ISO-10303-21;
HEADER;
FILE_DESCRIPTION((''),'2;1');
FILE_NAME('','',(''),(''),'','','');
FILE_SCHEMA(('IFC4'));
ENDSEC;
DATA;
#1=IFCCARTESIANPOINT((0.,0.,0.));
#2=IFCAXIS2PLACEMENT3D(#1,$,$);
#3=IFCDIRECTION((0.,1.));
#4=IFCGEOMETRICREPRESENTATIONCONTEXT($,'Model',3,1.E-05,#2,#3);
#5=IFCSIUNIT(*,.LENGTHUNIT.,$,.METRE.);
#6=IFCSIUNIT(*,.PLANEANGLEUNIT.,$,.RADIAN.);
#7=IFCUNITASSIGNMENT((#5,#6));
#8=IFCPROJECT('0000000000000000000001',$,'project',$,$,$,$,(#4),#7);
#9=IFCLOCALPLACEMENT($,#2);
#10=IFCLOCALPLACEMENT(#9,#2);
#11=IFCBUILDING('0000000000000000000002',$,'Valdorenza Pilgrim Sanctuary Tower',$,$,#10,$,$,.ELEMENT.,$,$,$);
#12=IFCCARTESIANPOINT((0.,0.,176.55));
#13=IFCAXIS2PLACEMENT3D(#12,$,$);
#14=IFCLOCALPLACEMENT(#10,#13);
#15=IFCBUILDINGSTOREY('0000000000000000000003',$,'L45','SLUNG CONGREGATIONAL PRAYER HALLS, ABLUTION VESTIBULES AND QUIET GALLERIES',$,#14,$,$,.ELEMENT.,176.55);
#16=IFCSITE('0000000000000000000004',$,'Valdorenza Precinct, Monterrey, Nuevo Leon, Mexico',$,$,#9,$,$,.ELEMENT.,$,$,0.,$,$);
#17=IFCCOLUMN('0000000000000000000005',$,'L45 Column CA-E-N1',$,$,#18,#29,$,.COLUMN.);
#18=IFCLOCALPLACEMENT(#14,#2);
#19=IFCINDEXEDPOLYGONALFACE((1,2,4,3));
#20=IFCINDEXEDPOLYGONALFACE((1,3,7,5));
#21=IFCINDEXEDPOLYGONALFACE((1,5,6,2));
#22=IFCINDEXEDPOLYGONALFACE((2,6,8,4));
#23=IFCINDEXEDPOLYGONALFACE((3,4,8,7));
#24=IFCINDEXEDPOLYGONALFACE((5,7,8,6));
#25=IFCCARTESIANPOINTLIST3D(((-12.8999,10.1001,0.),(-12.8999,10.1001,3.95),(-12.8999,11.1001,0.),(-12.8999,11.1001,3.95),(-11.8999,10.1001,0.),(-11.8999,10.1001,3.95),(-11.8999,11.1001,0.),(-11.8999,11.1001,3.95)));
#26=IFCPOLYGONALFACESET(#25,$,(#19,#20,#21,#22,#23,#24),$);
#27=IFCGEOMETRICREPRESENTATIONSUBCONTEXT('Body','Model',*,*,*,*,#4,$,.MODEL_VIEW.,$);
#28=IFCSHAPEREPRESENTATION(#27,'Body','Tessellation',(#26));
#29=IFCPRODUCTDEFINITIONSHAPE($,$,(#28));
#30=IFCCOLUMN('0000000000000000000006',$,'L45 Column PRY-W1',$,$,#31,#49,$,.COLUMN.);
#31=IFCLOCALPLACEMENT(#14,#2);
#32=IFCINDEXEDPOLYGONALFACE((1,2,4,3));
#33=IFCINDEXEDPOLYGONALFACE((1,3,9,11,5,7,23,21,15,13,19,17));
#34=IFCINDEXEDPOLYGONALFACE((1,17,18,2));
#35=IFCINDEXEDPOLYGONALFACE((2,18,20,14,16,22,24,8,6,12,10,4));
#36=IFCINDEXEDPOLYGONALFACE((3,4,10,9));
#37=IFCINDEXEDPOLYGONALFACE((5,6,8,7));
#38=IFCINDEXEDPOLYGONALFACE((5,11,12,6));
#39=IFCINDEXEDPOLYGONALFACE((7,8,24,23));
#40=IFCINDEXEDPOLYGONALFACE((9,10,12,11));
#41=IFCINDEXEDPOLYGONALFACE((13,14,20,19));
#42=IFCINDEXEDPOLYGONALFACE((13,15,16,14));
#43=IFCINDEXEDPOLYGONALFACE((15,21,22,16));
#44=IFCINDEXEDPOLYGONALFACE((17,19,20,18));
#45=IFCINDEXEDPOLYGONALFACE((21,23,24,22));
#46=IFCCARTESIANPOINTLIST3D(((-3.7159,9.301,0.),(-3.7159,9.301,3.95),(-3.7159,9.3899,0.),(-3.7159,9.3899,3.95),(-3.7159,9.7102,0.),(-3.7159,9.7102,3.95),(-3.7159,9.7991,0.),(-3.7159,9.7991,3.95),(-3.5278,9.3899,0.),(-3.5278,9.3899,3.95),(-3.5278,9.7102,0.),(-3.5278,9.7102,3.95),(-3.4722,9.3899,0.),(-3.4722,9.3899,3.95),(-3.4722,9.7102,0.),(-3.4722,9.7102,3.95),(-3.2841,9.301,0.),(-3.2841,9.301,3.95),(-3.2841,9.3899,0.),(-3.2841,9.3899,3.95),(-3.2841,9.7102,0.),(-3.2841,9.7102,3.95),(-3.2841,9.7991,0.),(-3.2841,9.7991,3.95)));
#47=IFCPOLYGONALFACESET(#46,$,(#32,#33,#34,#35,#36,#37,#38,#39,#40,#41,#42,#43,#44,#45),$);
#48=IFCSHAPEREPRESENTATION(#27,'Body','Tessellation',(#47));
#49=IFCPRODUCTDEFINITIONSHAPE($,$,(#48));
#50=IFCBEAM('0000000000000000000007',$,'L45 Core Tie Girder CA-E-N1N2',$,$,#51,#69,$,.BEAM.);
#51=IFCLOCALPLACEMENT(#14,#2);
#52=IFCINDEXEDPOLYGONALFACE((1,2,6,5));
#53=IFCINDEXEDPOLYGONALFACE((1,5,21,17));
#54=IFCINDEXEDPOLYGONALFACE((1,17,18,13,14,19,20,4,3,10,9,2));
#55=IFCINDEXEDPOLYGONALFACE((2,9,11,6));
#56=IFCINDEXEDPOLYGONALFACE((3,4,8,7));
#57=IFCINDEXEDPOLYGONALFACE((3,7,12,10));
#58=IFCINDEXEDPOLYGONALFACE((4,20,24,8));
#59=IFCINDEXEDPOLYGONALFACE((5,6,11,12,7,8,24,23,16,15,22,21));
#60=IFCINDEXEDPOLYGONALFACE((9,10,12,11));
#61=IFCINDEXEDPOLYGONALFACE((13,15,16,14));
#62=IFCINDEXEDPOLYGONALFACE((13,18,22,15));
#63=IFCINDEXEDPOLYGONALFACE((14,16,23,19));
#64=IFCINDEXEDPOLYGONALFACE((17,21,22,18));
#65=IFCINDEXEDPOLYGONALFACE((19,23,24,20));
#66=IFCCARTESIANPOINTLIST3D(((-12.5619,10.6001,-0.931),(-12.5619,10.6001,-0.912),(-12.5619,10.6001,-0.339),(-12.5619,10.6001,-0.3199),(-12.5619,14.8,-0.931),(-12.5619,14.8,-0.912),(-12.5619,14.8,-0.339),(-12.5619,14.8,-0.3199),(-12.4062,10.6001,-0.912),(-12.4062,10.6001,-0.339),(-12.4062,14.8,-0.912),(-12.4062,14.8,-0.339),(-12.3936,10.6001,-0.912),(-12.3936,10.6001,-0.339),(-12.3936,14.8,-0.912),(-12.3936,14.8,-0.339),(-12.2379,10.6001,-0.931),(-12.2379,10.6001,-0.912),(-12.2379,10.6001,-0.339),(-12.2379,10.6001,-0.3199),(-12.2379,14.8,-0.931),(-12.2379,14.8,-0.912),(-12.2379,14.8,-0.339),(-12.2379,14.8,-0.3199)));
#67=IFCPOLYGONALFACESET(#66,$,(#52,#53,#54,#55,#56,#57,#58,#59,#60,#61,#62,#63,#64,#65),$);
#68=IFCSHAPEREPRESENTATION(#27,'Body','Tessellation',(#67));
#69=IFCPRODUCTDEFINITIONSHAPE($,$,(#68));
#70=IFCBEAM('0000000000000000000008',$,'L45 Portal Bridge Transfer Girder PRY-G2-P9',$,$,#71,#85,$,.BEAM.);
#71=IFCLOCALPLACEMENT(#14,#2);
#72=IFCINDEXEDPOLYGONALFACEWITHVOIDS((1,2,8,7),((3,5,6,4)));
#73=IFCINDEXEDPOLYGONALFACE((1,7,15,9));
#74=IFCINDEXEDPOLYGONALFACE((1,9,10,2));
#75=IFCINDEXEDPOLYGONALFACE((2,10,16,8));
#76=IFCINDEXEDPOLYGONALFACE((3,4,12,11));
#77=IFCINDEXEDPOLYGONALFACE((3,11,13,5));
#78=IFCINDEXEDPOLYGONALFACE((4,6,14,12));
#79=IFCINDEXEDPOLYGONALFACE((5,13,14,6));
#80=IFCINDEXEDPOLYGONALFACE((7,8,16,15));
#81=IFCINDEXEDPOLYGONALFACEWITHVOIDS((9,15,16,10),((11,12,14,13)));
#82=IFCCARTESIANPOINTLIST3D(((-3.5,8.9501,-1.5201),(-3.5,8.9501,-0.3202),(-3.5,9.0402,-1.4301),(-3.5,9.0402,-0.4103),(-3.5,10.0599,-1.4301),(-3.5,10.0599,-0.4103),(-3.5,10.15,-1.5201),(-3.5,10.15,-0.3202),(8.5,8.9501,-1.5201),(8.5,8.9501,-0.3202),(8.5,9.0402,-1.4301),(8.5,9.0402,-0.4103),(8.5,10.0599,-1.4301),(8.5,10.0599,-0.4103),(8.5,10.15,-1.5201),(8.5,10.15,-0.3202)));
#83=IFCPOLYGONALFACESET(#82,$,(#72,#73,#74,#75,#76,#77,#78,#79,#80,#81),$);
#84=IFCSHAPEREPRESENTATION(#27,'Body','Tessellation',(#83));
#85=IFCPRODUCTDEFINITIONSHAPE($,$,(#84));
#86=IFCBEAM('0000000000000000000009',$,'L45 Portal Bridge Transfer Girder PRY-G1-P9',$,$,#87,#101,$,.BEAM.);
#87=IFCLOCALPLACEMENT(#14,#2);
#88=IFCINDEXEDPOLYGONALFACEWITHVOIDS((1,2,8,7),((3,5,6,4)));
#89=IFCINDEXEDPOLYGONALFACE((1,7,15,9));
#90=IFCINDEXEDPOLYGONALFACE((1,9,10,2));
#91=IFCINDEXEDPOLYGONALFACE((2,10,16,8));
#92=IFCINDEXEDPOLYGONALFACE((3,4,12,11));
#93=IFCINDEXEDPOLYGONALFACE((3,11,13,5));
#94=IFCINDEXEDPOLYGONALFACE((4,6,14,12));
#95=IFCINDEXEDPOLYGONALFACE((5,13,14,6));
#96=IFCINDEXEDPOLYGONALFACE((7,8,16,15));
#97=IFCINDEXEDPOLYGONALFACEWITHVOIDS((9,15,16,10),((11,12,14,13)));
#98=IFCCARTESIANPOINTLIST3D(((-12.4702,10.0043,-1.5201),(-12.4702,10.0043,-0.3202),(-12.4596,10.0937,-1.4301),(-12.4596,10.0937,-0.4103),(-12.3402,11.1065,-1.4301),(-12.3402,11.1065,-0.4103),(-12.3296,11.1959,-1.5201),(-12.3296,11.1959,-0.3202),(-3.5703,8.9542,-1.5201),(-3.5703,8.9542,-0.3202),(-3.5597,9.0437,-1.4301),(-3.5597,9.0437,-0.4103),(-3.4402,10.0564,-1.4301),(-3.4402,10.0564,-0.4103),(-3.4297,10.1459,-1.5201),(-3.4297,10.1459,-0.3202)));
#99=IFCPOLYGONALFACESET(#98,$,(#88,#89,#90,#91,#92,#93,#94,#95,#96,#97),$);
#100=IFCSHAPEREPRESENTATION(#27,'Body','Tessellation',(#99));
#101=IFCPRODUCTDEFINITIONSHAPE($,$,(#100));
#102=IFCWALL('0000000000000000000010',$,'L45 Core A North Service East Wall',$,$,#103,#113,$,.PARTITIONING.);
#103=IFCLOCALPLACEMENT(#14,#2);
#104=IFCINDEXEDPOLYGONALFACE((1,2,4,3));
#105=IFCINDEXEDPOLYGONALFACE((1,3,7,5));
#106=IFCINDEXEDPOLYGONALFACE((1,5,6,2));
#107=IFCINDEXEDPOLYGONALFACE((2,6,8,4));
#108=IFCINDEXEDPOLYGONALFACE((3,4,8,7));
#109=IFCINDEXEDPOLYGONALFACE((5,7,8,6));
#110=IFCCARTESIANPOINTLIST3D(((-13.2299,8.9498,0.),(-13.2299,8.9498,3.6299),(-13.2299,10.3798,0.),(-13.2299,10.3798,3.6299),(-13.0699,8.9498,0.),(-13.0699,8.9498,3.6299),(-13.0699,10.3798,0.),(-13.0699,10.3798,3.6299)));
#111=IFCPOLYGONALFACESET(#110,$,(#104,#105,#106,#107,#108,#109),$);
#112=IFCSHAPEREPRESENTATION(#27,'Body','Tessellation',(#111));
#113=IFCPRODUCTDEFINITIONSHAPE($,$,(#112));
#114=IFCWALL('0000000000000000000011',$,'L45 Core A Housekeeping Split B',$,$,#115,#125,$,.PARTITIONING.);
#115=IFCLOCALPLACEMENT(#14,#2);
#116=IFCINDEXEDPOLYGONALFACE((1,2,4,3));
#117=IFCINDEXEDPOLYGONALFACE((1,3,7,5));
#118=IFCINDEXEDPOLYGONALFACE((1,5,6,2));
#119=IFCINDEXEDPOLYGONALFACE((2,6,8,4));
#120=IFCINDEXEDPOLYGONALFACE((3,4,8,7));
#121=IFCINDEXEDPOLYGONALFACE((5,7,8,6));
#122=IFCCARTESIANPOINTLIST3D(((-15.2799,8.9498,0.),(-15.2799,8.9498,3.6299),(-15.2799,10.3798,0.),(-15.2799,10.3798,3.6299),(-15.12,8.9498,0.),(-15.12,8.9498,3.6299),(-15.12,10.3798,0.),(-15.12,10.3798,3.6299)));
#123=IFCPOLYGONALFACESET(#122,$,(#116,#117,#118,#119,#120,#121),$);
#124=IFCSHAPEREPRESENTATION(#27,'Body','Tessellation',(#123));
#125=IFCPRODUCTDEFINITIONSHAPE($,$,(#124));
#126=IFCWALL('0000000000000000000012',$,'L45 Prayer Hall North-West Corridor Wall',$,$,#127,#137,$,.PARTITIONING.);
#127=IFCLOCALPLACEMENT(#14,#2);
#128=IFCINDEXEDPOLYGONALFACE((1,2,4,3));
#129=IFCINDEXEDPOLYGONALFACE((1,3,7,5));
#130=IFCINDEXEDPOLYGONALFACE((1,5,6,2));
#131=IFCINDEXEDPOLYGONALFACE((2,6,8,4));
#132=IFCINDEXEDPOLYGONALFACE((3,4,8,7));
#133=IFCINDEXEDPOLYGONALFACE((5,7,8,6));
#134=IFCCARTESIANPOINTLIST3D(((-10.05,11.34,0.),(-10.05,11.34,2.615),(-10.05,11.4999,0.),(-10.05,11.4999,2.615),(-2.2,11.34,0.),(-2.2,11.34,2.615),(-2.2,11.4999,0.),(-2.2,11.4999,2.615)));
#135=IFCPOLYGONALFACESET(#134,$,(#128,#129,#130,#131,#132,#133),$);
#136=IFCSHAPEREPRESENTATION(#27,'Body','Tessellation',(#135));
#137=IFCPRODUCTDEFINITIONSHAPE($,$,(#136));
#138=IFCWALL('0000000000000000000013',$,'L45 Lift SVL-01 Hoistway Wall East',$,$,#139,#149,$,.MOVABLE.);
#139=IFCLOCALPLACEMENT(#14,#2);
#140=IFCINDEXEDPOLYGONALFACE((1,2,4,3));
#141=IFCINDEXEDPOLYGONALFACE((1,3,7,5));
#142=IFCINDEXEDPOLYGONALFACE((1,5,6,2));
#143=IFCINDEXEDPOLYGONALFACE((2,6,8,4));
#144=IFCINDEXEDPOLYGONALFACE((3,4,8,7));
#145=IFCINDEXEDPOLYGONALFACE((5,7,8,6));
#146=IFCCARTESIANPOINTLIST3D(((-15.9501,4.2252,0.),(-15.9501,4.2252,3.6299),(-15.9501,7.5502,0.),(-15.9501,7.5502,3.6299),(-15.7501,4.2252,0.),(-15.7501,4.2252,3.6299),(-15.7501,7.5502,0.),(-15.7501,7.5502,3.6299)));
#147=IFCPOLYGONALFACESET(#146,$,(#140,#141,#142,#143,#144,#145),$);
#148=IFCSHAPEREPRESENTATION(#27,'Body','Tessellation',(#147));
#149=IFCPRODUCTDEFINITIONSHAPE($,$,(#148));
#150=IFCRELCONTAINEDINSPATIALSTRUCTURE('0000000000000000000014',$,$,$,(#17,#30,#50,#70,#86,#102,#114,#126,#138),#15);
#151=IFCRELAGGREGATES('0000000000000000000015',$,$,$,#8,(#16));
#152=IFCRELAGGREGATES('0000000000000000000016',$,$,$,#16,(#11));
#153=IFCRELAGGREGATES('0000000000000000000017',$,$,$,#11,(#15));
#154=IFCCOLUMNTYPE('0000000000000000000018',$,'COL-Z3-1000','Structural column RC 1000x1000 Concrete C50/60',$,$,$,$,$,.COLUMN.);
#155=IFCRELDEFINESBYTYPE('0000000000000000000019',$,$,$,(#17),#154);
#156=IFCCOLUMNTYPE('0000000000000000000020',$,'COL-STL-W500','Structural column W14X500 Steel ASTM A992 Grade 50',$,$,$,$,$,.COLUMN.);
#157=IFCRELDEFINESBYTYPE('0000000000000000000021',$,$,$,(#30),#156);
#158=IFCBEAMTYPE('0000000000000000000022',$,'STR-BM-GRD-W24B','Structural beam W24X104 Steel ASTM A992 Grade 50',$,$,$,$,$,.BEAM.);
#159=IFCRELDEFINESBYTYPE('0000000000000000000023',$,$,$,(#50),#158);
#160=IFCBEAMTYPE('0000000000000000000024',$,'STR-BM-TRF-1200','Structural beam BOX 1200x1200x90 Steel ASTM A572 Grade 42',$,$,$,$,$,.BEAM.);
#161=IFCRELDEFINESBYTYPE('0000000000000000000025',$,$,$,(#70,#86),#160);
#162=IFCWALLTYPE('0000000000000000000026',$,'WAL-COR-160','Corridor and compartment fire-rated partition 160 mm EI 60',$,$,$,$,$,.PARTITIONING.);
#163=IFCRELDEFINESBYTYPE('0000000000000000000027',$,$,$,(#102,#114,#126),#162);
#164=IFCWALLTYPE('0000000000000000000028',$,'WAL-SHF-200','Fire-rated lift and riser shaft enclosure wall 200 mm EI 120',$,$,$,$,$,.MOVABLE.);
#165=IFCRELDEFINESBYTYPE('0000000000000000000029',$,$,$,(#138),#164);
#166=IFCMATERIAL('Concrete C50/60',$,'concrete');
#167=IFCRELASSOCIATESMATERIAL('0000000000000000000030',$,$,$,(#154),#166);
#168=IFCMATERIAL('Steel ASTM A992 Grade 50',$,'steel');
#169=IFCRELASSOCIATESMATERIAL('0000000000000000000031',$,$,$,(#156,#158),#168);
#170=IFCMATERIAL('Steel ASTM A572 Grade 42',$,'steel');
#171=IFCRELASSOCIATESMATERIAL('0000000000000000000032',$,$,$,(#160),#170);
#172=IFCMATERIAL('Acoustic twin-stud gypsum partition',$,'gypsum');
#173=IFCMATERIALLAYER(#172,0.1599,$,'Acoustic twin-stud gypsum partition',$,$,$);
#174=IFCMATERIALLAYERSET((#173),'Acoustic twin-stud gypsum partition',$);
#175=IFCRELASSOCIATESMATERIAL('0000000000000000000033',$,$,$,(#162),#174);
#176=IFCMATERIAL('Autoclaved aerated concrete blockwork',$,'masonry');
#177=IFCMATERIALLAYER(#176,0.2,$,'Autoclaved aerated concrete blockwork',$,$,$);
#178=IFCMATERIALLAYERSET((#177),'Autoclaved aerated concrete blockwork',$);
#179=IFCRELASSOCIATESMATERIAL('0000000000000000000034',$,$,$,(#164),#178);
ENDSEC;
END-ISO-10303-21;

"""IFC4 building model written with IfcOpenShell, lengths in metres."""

from ifc_helpers import new_model, si_unit, direction, frame, frame_2d, origin, origin_2d, place, context, subcontext, project, spatial, rectangle, hollow_rectangle, i_section, extrude, source, transform, mapped, material, layer, layer_set, material_profile, profile_set, type_object, element, save


model = new_model("IFC4")

# Units and contexts
model_context = context("Model", 3, precision=1e-05, world=origin(), true_north=direction((0.0, 1.0)))
body_context = subcontext(model_context, "Body", "Model", "MODEL_VIEW")
ifc_project = project(units=[si_unit("LENGTHUNIT", "METRE"), si_unit("PLANEANGLEUNIT", "RADIAN")], contexts=[model_context])

# Site, building, storey
site_placement = place(None, origin())
site = spatial("IfcSite", under=ifc_project, at=site_placement, Name="Valdorenza Precinct, Monterrey, Nuevo Leon, Mexico", CompositionType="ELEMENT", RefElevation=0.0)
building_placement = place(site_placement, origin())
building = spatial("IfcBuilding", under=site, at=building_placement, Name="Valdorenza Pilgrim Sanctuary Tower", CompositionType="ELEMENT")
storey_placement = place(building_placement, frame((0.0, 0.0, 176.55)))
storey = spatial("IfcBuildingStorey", under=building, at=storey_placement, Name="L45", Description="SLUNG CONGREGATIONAL PRAYER HALLS, ABLUTION VESTIBULES AND QUIET GALLERIES", CompositionType="ELEMENT", Elevation=176.55)

# Columns
ifc_material_1 = material(Name="Concrete C50/60", Category="concrete")
ifc_material_profile_1 = material_profile(ifc_material_1, rectangle(XDim=1.0, YDim=1.0, at=origin_2d()), Name="RC 1000x1000")
ifc_profile_set_1 = profile_set([ifc_material_profile_1], Name="Concrete C50/60")
column_type_1 = type_object("IfcColumnType", Name="COL-Z3-1000", Description="Structural column RC 1000x1000 Concrete C50/60", PredefinedType="COLUMN", material=ifc_profile_set_1)
shared_shape_1 = source(origin(), body_context, "Body", "SweptSolid", [
    extrude(rectangle(XDim=1.0, YDim=1.0, at=origin_2d()), origin(), (0.0, 0.0, 1.0), 3.95),
])
column_1_placement = place(storey_placement, frame((-12.3999, 10.6001, 0.0), z_axis=(0.0, 0.0, 1.0), x_axis=(1.0, 0.0, 0.0)))
element("IfcColumn", 1, at=column_1_placement, inside=storey, type_object=column_type_1, Name="L45 Column CA-E-N1", PredefinedType="COLUMN", context=body_context, shape_type="MappedRepresentation", body=[
    mapped(shared_shape_1, transform((0.0, 0.0, 0.0), x_axis=(1.0, 0.0, 0.0), y_axis=(0.0, 1.0, 0.0), z_axis=(0.0, 0.0, 1.0), scale=1.0)),
])
ifc_material_2 = material(Name="Steel ASTM A992 Grade 50", Category="steel")
ifc_material_profile_2 = material_profile(ifc_material_2, i_section(OverallWidth=0.4319, OverallDepth=0.498, WebThickness=0.0557, FlangeThickness=0.0889, at=origin_2d()), Name="W14X500")
ifc_profile_set_2 = profile_set([ifc_material_profile_2], Name="Steel ASTM A992 Grade 50")
column_type_2 = type_object("IfcColumnType", Name="COL-STL-W500", Description="Structural column W14X500 Steel ASTM A992 Grade 50", PredefinedType="COLUMN", material=ifc_profile_set_2)
shared_shape_2 = source(origin(), body_context, "Body", "SweptSolid", [
    extrude(i_section(OverallWidth=0.4319, OverallDepth=0.498, WebThickness=0.0557, FlangeThickness=0.0889, at=origin_2d()), origin(), (0.0, 0.0, 1.0), 3.95),
])
column_2_placement = place(storey_placement, frame((-3.5, 9.55, 0.0), z_axis=(0.0, 0.0, 1.0), x_axis=(1.0, 0.0, 0.0)))
element("IfcColumn", 2, at=column_2_placement, inside=storey, type_object=column_type_2, Name="L45 Column PRY-W1", PredefinedType="COLUMN", context=body_context, shape_type="MappedRepresentation", body=[
    mapped(shared_shape_2, transform((0.0, 0.0, 0.0), x_axis=(1.0, 0.0, 0.0), y_axis=(0.0, 1.0, 0.0), z_axis=(0.0, 0.0, 1.0), scale=1.0)),
])

# Beams
ifc_material_profile_3 = material_profile(ifc_material_2, i_section(OverallWidth=0.324, OverallDepth=0.6111, WebThickness=0.0127, FlangeThickness=0.019, at=origin_2d()), Name="W24X104")
ifc_profile_set_3 = profile_set([ifc_material_profile_3], Name="Steel ASTM A992 Grade 50")
beam_type_1 = type_object("IfcBeamType", Name="STR-BM-GRD-W24B", Description="Structural beam W24X104 Steel ASTM A992 Grade 50", PredefinedType="BEAM", material=ifc_profile_set_3)
shared_shape_3 = source(origin(), body_context, "Body", "SweptSolid", [
    extrude(i_section(OverallWidth=0.324, OverallDepth=0.6111, WebThickness=0.0127, FlangeThickness=0.019, at=origin_2d()), origin(), (0.0, 0.0, 1.0), 4.2),
])
beam_1_placement = place(storey_placement, frame((-12.3999, 10.6001, -0.6255), z_axis=(0.0, 1.0, 0.0), x_axis=(-1.0, 0.0, 0.0)))
element("IfcBeam", 3, at=beam_1_placement, inside=storey, type_object=beam_type_1, Name="L45 Core Tie Girder CA-E-N1N2", PredefinedType="BEAM", context=body_context, shape_type="MappedRepresentation", body=[
    mapped(shared_shape_3, transform((0.0, 0.0, 0.0), x_axis=(1.0, 0.0, 0.0), y_axis=(0.0, 1.0, 0.0), z_axis=(0.0, 0.0, 1.0), scale=1.0)),
])
ifc_material_3 = material(Name="Steel ASTM A572 Grade 42", Category="steel")
ifc_material_profile_4 = material_profile(ifc_material_3, hollow_rectangle(XDim=1.2, YDim=1.2, WallThickness=0.0901, at=origin_2d()), Name="BOX 1200x1200x90")
ifc_profile_set_4 = profile_set([ifc_material_profile_4], Name="Steel ASTM A572 Grade 42")
beam_type_2 = type_object("IfcBeamType", Name="STR-BM-TRF-1200", Description="Structural beam BOX 1200x1200x90 Steel ASTM A572 Grade 42", PredefinedType="BEAM", material=ifc_profile_set_4)
shared_shape_4 = source(origin(), body_context, "Body", "SweptSolid", [
    extrude(hollow_rectangle(XDim=1.2, YDim=1.2, WallThickness=0.0901, at=origin_2d()), origin(), (0.0, 0.0, 1.0), 12.0),
])
beam_2_placement = place(storey_placement, frame((-3.5, 9.55, -0.9202), z_axis=(1.0, 0.0, 0.0), x_axis=(0.0, 1.0, 0.0)))
element("IfcBeam", 4, at=beam_2_placement, inside=storey, type_object=beam_type_2, Name="L45 Portal Bridge Transfer Girder PRY-G2-P9", PredefinedType="BEAM", context=body_context, shape_type="MappedRepresentation", body=[
    mapped(shared_shape_4, transform((0.0, 0.0, 0.0), x_axis=(1.0, 0.0, 0.0), y_axis=(0.0, 1.0, 0.0), z_axis=(0.0, 0.0, 1.0), scale=1.0)),
])
shared_shape_5 = source(origin(), body_context, "Body", "SweptSolid", [
    extrude(hollow_rectangle(XDim=1.2, YDim=1.2, WallThickness=0.0901, at=origin_2d()), origin(), (0.0, 0.0, 1.0), 8.9617),
])
beam_3_placement = place(storey_placement, frame((-12.3999, 10.6001, -0.9202), z_axis=(0.993112, -0.117172, 0.0), x_axis=(0.117172, 0.993112, 0.0)))
element("IfcBeam", 5, at=beam_3_placement, inside=storey, type_object=beam_type_2, Name="L45 Portal Bridge Transfer Girder PRY-G1-P9", PredefinedType="BEAM", context=body_context, shape_type="MappedRepresentation", body=[
    mapped(shared_shape_5, transform((0.0, 0.0, 0.0), x_axis=(1.0, 0.0, 0.0), y_axis=(0.0, 1.0, 0.0), z_axis=(0.0, 0.0, 1.0), scale=1.0)),
])

# Walls
ifc_material_4 = material(Name="Acoustic twin-stud gypsum partition", Category="gypsum")
ifc_layer_1 = layer(ifc_material_4, 0.1599, Name="Acoustic twin-stud gypsum partition")
ifc_layer_set_1 = layer_set([ifc_layer_1], Name="Acoustic twin-stud gypsum partition")
wall_type_1 = type_object("IfcWallType", Name="WAL-COR-160", Description="Corridor and compartment fire-rated partition 160 mm EI 60", PredefinedType="PARTITIONING", material=ifc_layer_set_1)
for number, where, z_axis, x_axis, name in (
    (6, (-13.1499, 8.95, 0.0), (0.0, 0.0, 1.0), (0.0, 1.0, 0.0), "L45 Core A North Service East Wall"),
    (7, (-15.2, 8.95, 0.0), (0.0, 0.0, 1.0), (0.0, 1.0, 0.0), "L45 Core A Housekeeping Split B"),
):
    element("IfcWall", number, at=place(storey_placement, frame(where, z_axis=z_axis, x_axis=x_axis)), inside=storey, type_object=wall_type_1, Name=name, PredefinedType="PARTITIONING", context=body_context, shape_type="SweptSolid", body=[
        extrude(rectangle(XDim=1.4299, YDim=0.1599, at=frame_2d((0.7148, 0.0))), origin(), (0.0, 0.0, 1.0), 3.6299),
    ])
wall_1_placement = place(storey_placement, frame((-10.05, 11.4199, 0.0), z_axis=(0.0, 0.0, 1.0), x_axis=(1.0, 0.0, 0.0)))
element("IfcWall", 8, at=wall_1_placement, inside=storey, type_object=wall_type_1, Name="L45 Prayer Hall North-West Corridor Wall", PredefinedType="PARTITIONING", context=body_context, shape_type="SweptSolid", body=[
    extrude(rectangle(XDim=7.8501, YDim=0.1599, at=frame_2d((3.925, 0.0))), origin(), (0.0, 0.0, 1.0), 2.615),
])
ifc_material_5 = material(Name="Autoclaved aerated concrete blockwork", Category="masonry")
ifc_layer_2 = layer(ifc_material_5, 0.2, Name="Autoclaved aerated concrete blockwork")
ifc_layer_set_2 = layer_set([ifc_layer_2], Name="Autoclaved aerated concrete blockwork")
wall_type_2 = type_object("IfcWallType", Name="WAL-SHF-200", Description="Fire-rated lift and riser shaft enclosure wall 200 mm EI 120", PredefinedType="MOVABLE", material=ifc_layer_set_2)
wall_2_placement = place(storey_placement, frame((-15.8501, 4.2251, 0.0), z_axis=(0.0, 0.0, 1.0), x_axis=(0.0, 1.0, 0.0)))
element("IfcWall", 9, at=wall_2_placement, inside=storey, type_object=wall_type_2, Name="L45 Lift SVL-01 Hoistway Wall East", PredefinedType="MOVABLE", context=body_context, shape_type="SweptSolid", body=[
    extrude(rectangle(XDim=3.325, YDim=0.2, at=frame_2d((1.6626, 0.0))), origin(), (0.0, 0.0, 1.0), 3.6299),
])

save(model, "model.ifc")
